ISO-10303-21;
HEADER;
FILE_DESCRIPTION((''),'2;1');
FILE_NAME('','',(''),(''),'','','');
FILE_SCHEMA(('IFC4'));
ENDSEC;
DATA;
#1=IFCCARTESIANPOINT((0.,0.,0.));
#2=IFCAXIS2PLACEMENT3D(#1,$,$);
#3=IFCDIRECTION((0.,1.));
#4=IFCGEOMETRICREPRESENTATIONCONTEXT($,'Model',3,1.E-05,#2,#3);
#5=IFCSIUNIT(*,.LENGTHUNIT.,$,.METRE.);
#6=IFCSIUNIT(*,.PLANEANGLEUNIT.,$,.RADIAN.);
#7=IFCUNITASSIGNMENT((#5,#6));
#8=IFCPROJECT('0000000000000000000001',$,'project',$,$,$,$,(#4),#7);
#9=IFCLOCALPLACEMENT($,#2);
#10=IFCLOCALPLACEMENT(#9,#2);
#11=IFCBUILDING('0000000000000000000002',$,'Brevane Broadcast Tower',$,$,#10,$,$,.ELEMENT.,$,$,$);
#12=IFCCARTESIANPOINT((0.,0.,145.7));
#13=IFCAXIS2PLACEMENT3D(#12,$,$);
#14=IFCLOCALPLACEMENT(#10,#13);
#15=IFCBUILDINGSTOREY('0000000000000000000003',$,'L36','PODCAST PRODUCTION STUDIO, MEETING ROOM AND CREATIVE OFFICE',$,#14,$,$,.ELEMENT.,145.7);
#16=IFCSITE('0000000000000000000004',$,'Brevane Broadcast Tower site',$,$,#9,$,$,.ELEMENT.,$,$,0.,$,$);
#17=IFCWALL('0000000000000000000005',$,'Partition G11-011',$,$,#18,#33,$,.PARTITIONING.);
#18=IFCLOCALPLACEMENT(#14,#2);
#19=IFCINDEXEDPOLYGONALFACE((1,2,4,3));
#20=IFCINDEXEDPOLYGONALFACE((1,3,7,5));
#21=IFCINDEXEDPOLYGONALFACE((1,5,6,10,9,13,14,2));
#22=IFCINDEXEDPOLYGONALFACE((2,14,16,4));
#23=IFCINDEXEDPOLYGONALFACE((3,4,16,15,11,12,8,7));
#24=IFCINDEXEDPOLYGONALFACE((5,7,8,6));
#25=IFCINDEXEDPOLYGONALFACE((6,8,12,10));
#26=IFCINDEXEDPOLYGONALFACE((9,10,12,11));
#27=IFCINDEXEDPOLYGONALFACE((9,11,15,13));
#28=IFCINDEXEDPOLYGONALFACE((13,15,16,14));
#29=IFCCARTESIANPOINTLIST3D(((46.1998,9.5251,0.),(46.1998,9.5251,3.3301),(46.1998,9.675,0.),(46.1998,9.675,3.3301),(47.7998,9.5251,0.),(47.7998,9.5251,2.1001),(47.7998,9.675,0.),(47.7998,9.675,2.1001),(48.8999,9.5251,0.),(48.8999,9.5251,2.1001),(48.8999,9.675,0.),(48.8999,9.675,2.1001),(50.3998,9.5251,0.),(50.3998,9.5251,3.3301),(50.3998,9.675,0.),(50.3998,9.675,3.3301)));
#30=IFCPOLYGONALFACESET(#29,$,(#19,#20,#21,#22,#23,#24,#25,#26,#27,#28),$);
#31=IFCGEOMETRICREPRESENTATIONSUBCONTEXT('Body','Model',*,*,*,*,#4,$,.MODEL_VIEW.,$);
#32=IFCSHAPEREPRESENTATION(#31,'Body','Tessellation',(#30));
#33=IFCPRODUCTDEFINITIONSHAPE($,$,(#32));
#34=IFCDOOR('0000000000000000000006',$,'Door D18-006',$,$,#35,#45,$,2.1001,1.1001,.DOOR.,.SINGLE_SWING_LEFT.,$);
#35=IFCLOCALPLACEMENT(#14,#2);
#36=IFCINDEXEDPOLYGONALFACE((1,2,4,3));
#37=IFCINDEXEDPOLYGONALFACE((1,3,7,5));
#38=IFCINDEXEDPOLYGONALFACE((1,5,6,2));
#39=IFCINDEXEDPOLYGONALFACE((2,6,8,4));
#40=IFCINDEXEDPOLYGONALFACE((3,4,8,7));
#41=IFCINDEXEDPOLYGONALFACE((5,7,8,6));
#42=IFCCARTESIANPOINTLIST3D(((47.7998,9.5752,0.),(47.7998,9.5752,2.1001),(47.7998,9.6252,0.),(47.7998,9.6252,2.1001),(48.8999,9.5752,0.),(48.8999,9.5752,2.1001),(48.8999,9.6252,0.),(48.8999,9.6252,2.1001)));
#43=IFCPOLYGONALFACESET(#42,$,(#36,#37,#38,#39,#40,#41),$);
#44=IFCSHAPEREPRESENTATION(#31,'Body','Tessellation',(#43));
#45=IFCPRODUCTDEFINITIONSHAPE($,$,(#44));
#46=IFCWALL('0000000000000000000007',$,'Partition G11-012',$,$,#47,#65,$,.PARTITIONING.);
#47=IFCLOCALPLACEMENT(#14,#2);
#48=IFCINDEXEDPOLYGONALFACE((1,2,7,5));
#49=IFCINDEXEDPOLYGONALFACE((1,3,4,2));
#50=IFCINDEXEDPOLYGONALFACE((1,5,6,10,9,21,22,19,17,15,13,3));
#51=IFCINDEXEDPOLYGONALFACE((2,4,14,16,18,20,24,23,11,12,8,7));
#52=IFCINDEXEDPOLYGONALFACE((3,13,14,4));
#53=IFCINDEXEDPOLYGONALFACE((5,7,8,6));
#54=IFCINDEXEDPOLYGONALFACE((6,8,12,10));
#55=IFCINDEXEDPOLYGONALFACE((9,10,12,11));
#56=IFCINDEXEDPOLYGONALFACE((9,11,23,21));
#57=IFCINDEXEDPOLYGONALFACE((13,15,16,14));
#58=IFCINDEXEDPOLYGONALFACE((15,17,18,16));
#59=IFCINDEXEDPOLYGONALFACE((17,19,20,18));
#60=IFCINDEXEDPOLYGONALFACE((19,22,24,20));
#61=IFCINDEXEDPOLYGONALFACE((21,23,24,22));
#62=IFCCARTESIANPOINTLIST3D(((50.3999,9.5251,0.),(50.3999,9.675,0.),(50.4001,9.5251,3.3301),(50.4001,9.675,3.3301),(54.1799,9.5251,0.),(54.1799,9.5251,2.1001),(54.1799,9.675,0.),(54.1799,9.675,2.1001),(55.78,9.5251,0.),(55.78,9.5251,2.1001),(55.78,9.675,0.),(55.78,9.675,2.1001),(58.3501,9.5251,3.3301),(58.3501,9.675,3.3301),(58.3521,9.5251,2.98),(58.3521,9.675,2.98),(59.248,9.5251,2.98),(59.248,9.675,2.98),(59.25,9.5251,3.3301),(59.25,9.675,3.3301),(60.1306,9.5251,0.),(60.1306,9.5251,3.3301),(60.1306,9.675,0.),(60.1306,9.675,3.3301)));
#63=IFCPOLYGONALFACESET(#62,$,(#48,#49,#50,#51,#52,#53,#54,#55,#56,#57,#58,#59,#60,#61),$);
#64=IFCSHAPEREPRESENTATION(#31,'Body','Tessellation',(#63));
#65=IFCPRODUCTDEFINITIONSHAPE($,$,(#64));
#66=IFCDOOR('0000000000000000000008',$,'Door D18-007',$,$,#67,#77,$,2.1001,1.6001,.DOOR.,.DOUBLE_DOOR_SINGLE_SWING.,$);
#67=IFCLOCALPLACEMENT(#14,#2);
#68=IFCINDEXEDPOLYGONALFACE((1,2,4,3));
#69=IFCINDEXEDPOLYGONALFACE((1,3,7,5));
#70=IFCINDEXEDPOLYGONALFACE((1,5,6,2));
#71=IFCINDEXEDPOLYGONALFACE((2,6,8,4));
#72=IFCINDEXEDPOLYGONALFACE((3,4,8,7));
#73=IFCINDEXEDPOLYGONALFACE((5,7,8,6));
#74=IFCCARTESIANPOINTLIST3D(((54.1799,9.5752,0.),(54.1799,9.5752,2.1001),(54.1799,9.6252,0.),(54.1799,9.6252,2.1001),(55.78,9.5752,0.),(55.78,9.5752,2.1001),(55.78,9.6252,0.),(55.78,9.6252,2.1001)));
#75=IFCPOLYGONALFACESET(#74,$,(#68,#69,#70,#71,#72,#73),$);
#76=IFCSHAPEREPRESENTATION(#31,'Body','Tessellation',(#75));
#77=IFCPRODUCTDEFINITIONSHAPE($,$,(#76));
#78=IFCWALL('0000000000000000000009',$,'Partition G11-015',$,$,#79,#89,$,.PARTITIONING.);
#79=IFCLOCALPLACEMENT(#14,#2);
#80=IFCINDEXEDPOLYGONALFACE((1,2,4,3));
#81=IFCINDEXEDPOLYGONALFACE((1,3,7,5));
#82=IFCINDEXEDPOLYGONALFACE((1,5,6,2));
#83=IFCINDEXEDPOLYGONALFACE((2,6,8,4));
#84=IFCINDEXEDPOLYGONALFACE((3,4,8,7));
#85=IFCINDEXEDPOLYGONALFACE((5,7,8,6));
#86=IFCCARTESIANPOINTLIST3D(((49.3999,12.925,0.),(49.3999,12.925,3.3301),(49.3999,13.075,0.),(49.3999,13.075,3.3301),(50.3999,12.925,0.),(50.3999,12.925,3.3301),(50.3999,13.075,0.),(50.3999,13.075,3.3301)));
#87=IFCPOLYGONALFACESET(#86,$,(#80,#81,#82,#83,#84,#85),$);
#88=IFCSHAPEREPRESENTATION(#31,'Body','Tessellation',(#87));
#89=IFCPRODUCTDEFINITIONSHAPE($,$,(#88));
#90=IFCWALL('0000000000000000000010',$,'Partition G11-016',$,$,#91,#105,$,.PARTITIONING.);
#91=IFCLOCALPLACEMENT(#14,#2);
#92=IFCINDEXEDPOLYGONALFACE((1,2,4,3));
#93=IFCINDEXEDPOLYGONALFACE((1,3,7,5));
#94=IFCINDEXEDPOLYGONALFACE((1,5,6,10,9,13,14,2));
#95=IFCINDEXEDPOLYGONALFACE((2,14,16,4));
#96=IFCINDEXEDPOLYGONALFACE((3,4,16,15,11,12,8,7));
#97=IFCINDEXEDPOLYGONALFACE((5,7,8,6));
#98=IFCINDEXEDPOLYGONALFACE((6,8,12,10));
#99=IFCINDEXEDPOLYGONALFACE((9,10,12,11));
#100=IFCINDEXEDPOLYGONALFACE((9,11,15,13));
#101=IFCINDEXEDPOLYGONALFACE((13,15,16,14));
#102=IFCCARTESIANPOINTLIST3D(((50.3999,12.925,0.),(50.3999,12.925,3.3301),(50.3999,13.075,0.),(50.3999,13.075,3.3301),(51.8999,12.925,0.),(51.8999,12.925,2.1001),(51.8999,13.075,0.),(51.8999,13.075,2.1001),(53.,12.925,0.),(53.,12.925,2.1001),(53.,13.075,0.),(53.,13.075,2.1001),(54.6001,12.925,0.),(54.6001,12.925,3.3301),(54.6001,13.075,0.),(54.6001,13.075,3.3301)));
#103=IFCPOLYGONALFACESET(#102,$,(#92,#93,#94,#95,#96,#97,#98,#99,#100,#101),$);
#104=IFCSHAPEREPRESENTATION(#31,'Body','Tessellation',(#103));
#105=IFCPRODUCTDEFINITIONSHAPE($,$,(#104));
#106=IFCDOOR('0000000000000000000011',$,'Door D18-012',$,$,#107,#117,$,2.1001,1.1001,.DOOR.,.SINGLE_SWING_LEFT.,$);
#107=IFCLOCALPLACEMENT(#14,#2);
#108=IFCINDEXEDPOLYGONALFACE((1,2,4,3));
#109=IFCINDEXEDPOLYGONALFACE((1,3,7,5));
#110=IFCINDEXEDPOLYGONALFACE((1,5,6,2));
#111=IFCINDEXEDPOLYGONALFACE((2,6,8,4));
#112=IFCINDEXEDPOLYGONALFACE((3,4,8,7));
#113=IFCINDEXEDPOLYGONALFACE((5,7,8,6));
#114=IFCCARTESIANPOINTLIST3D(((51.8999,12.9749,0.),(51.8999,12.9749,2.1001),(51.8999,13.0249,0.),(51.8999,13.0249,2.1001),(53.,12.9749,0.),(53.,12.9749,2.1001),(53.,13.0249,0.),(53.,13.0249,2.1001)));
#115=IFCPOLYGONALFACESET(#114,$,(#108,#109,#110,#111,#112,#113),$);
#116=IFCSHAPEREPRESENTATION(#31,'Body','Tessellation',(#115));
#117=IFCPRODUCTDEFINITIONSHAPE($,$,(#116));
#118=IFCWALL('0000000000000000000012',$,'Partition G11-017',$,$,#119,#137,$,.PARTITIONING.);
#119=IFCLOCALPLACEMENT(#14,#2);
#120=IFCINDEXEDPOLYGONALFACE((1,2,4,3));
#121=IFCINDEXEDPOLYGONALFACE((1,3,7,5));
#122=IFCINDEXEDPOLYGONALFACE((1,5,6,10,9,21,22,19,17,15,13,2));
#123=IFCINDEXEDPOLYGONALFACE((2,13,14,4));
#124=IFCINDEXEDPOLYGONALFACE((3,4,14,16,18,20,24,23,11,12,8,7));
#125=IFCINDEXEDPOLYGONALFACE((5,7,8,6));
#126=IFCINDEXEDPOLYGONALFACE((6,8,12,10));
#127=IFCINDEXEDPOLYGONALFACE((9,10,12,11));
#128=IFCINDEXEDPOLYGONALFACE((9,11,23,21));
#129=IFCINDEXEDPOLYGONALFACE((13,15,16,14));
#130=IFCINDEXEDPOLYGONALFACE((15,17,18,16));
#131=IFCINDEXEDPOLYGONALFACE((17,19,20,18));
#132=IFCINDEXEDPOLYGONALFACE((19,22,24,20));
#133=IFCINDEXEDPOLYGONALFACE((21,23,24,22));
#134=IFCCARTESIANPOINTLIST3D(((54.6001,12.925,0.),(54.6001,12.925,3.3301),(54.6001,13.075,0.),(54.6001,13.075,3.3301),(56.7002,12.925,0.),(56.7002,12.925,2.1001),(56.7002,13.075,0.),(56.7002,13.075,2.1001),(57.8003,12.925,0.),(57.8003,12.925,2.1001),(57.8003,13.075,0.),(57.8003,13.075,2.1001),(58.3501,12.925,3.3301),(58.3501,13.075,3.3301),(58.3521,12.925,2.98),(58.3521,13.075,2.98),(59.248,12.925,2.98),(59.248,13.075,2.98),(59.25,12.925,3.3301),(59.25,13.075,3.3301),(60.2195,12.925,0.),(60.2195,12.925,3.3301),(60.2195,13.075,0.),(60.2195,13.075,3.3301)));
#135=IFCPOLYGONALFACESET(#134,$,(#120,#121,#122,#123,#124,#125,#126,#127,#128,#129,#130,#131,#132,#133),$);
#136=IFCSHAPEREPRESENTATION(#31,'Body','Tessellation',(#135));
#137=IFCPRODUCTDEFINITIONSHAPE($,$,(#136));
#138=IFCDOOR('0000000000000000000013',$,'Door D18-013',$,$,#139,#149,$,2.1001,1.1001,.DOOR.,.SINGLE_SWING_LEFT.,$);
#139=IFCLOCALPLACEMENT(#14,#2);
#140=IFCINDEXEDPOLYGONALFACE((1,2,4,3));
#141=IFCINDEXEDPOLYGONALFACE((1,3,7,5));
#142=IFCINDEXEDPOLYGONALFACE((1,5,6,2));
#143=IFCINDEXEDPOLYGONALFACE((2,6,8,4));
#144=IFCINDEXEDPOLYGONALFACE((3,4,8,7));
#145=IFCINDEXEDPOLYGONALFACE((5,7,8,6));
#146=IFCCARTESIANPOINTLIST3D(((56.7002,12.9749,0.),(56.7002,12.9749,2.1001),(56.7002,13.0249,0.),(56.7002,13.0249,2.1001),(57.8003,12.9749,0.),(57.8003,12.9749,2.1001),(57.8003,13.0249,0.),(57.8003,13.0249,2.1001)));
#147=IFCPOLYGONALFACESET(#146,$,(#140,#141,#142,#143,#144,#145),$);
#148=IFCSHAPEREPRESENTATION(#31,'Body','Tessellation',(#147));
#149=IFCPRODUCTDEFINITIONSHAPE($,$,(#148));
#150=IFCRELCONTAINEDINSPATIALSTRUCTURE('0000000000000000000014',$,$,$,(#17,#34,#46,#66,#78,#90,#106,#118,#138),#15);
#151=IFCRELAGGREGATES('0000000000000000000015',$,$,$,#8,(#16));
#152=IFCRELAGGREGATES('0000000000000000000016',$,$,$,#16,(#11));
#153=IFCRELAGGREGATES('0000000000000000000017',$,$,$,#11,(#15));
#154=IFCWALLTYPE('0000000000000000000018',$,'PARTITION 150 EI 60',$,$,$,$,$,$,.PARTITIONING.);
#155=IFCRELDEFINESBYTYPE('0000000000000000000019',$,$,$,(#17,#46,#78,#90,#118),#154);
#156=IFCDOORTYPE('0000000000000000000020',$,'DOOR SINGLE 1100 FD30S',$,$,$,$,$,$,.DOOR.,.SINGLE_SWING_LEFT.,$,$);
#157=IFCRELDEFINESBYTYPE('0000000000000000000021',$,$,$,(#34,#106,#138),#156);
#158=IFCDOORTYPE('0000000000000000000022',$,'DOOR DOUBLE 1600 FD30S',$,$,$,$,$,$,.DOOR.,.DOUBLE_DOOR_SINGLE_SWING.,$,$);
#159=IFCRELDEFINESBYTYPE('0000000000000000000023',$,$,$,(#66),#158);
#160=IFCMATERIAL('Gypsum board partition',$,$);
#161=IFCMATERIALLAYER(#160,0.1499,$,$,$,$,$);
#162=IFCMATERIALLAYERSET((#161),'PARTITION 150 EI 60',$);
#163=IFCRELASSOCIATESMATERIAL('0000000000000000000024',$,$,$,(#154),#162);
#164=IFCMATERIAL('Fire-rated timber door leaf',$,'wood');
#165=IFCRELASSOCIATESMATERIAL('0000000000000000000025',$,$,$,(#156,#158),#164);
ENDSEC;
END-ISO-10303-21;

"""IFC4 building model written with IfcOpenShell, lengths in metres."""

from ifc_helpers import new_model, si_unit, direction, frame, frame_2d, origin, place, context, subcontext, project, spatial, polyline, rectangle, outline, extrude, material, layer, layer_set, type_object, element, fill, save


model = new_model("IFC4")

# Units and contexts
model_context = context("Model", 3, precision=1e-05, world=origin(), true_north=direction((0.0, 1.0)))
body_context = subcontext(model_context, "Body", "Model", "MODEL_VIEW")
ifc_project = project(units=[si_unit("LENGTHUNIT", "METRE"), si_unit("PLANEANGLEUNIT", "RADIAN")], contexts=[model_context])

# Site, building, storey
site_placement = place(None, origin())
site = spatial("IfcSite", under=ifc_project, at=site_placement, Name="Brevane Broadcast Tower site", CompositionType="ELEMENT", RefElevation=0.0)
building_placement = place(site_placement, origin())
building = spatial("IfcBuilding", under=site, at=building_placement, Name="Brevane Broadcast Tower", CompositionType="ELEMENT")
storey_placement = place(building_placement, frame((0.0, 0.0, 145.7)))
storey = spatial("IfcBuildingStorey", under=building, at=storey_placement, Name="L36", Description="PODCAST PRODUCTION STUDIO, MEETING ROOM AND CREATIVE OFFICE", CompositionType="ELEMENT", Elevation=145.7)

# Shared definitions
ifc_material_1 = material(Name="Gypsum board partition")

# Walls, openings, doors
ifc_layer_1 = layer(ifc_material_1, 0.1499)
ifc_layer_set_1 = layer_set([ifc_layer_1], Name="PARTITION 150 EI 60")
wall_type_1 = type_object("IfcWallType", Name="PARTITION 150 EI 60", PredefinedType="PARTITIONING", material=ifc_layer_set_1)
ifc_material_2 = material(Name="Fire-rated timber door leaf", Category="wood")
door_type_1 = type_object("IfcDoorType", Name="DOOR SINGLE 1100 FD30S", OperationType="SINGLE_SWING_LEFT", PredefinedType="DOOR", material=ifc_material_2)
wall_1_placement = place(storey_placement, frame((50.3999, 9.6001, 0.0), z_axis=(0.0, 0.0, 1.0), x_axis=(-1.0, 0.0, 0.0)))
wall_1 = element("IfcWall", 1, at=wall_1_placement, inside=storey, type_object=wall_type_1, Name="Partition G11-011", PredefinedType="PARTITIONING", context=body_context, shape_type="SweptSolid", body=[
    extrude(rectangle(XDim=4.2, YDim=0.1499, at=frame_2d((2.1001, 0.0))), origin(), (0.0, 0.0, 1.0), 3.3301),
])
opening_1_placement = place(wall_1_placement, frame((1.5, 0.0, 0.0)))
opening_1 = element("IfcOpeningElement", 2, at=opening_1_placement, cuts=wall_1, PredefinedType="OPENING", context=body_context, shape_type="SweptSolid", body=[
    extrude(rectangle(XDim=1.1001, YDim=2.1001, at=frame_2d((0.55, 1.05))), frame((0.0, 0.085, 0.0), z_axis=(0.0, -1.0, 0.0), x_axis=(1.0, 0.0, 0.0)), (0.0, 0.0, 1.0), 0.1699),
])
door_1_placement = place(opening_1_placement, origin())
door_1 = element("IfcDoor", 3, at=door_1_placement, inside=storey, type_object=door_type_1, Name="Door D18-006", OperationType="SINGLE_SWING_LEFT", OverallHeight=2.1001, OverallWidth=1.1001, PredefinedType="DOOR", context=body_context, shape_type="SweptSolid", body=[
    extrude(rectangle(XDim=1.1001, YDim=2.1001, at=frame_2d((0.55, 1.05))), frame((0.0, 0.0249, 0.0), z_axis=(0.0, -1.0, 0.0), x_axis=(1.0, 0.0, 0.0)), (0.0, 0.0, 1.0), 0.05),
])
fill(opening_1, door_1)
wall_2_placement = place(storey_placement, frame((60.1306, 9.6001, 0.0), z_axis=(0.0, 0.0, 1.0), x_axis=(-1.0, 0.0, 0.0)))
wall_2 = element("IfcWall", 4, at=wall_2_placement, inside=storey, type_object=wall_type_1, Name="Partition G11-012", PredefinedType="PARTITIONING", context=body_context, shape_type="SweptSolid", body=[
    extrude(outline(polyline([(0.0, 0.0), (9.7307, 0.0), (9.7305, 3.3301), (1.7805, 3.3301), (1.7786, 2.98), (0.8826, 2.98), (0.8806, 3.3301), (0.2505, 3.3301), (0.0, 3.3301), (0.0, 0.0)])), frame((0.0, 0.075, 0.0), z_axis=(0.0, -1.0, 0.0), x_axis=(1.0, 0.0, 0.0)), (0.0, 0.0, 1.0), 0.1499),
])
opening_2_placement = place(wall_2_placement, frame((4.3506, 0.0, 0.0)))
opening_2 = element("IfcOpeningElement", 5, at=opening_2_placement, cuts=wall_2, PredefinedType="OPENING", context=body_context, shape_type="SweptSolid", body=[
    extrude(rectangle(XDim=1.6001, YDim=2.1001, at=frame_2d((0.8, 1.05))), frame((0.0, 0.085, 0.0), z_axis=(0.0, -1.0, 0.0), x_axis=(1.0, 0.0, 0.0)), (0.0, 0.0, 1.0), 0.1699),
])
door_type_2 = type_object("IfcDoorType", Name="DOOR DOUBLE 1600 FD30S", OperationType="DOUBLE_DOOR_SINGLE_SWING", PredefinedType="DOOR", material=ifc_material_2)
door_2_placement = place(opening_2_placement, origin())
door_2 = element("IfcDoor", 6, at=door_2_placement, inside=storey, type_object=door_type_2, Name="Door D18-007", OperationType="DOUBLE_DOOR_SINGLE_SWING", OverallHeight=2.1001, OverallWidth=1.6001, PredefinedType="DOOR", context=body_context, shape_type="SweptSolid", body=[
    extrude(rectangle(XDim=1.6001, YDim=2.1001, at=frame_2d((0.8, 1.05))), frame((0.0, 0.0249, 0.0), z_axis=(0.0, -1.0, 0.0), x_axis=(1.0, 0.0, 0.0)), (0.0, 0.0, 1.0), 0.05),
])
fill(opening_2, door_2)

# Wall
wall_3_placement = place(storey_placement, frame((49.3999, 13.0, 0.0), z_axis=(0.0, 0.0, 1.0), x_axis=(1.0, 0.0, 0.0)))
element("IfcWall", 7, at=wall_3_placement, inside=storey, type_object=wall_type_1, Name="Partition G11-015", PredefinedType="PARTITIONING", context=body_context, shape_type="SweptSolid", body=[
    extrude(rectangle(XDim=1.0, YDim=0.1499, at=frame_2d((0.5, 0.0))), origin(), (0.0, 0.0, 1.0), 3.3301),
])

# Walls, openings, doors
wall_4_placement = place(storey_placement, frame((50.3999, 13.0, 0.0), z_axis=(0.0, 0.0, 1.0), x_axis=(1.0, 0.0, 0.0)))
wall_4 = element("IfcWall", 8, at=wall_4_placement, inside=storey, type_object=wall_type_1, Name="Partition G11-016", PredefinedType="PARTITIONING", context=body_context, shape_type="SweptSolid", body=[
    extrude(rectangle(XDim=4.2002, YDim=0.1499, at=frame_2d((2.1001, 0.0))), origin(), (0.0, 0.0, 1.0), 3.3301),
])
opening_3_placement = place(wall_4_placement, frame((1.5, 0.0, 0.0)))
opening_3 = element("IfcOpeningElement", 9, at=opening_3_placement, cuts=wall_4, PredefinedType="OPENING", context=body_context, shape_type="SweptSolid", body=[
    extrude(rectangle(XDim=1.1001, YDim=2.1001, at=frame_2d((0.55, 1.05))), frame((0.0, 0.085, 0.0), z_axis=(0.0, -1.0, 0.0), x_axis=(1.0, 0.0, 0.0)), (0.0, 0.0, 1.0), 0.1699),
])
door_3_placement = place(opening_3_placement, origin())
door_3 = element("IfcDoor", 10, at=door_3_placement, inside=storey, type_object=door_type_1, Name="Door D18-012", OperationType="SINGLE_SWING_LEFT", OverallHeight=2.1001, OverallWidth=1.1001, PredefinedType="DOOR", context=body_context, shape_type="SweptSolid", body=[
    extrude(rectangle(XDim=1.1001, YDim=2.1001, at=frame_2d((0.55, 1.05))), frame((0.0, 0.0249, 0.0), z_axis=(0.0, -1.0, 0.0), x_axis=(1.0, 0.0, 0.0)), (0.0, 0.0, 1.0), 0.05),
])
fill(opening_3, door_3)
wall_5_placement = place(storey_placement, frame((54.6001, 13.0, 0.0), z_axis=(0.0, 0.0, 1.0), x_axis=(1.0, 0.0, 0.0)))
wall_5 = element("IfcWall", 11, at=wall_5_placement, inside=storey, type_object=wall_type_1, Name="Partition G11-017", PredefinedType="PARTITIONING", context=body_context, shape_type="SweptSolid", body=[
    extrude(outline(polyline([(0.0, 0.0), (5.6194, 0.0), (5.6194, 3.3301), (5.28, 3.3301), (4.6499, 3.3301), (4.6479, 2.98), (3.752, 2.98), (3.75, 3.3301), (0.0, 3.3301), (0.0, 0.0)])), frame((0.0, 0.075, 0.0), z_axis=(0.0, -1.0, 0.0), x_axis=(1.0, 0.0, 0.0)), (0.0, 0.0, 1.0), 0.1499),
])
opening_4_placement = place(wall_5_placement, frame((2.1001, 0.0, 0.0)))
opening_4 = element("IfcOpeningElement", 12, at=opening_4_placement, cuts=wall_5, PredefinedType="OPENING", context=body_context, shape_type="SweptSolid", body=[
    extrude(rectangle(XDim=1.1001, YDim=2.1001, at=frame_2d((0.55, 1.05))), frame((0.0, 0.085, 0.0), z_axis=(0.0, -1.0, 0.0), x_axis=(1.0, 0.0, 0.0)), (0.0, 0.0, 1.0), 0.1699),
])
door_4_placement = place(opening_4_placement, origin())
door_4 = element("IfcDoor", 13, at=door_4_placement, inside=storey, type_object=door_type_1, Name="Door D18-013", OperationType="SINGLE_SWING_LEFT", OverallHeight=2.1001, OverallWidth=1.1001, PredefinedType="DOOR", context=body_context, shape_type="SweptSolid", body=[
    extrude(rectangle(XDim=1.1001, YDim=2.1001, at=frame_2d((0.55, 1.05))), frame((0.0, 0.0249, 0.0), z_axis=(0.0, -1.0, 0.0), x_axis=(1.0, 0.0, 0.0)), (0.0, 0.0, 1.0), 0.05),
])
fill(opening_4, door_4)

save(model, "model.ifc")
